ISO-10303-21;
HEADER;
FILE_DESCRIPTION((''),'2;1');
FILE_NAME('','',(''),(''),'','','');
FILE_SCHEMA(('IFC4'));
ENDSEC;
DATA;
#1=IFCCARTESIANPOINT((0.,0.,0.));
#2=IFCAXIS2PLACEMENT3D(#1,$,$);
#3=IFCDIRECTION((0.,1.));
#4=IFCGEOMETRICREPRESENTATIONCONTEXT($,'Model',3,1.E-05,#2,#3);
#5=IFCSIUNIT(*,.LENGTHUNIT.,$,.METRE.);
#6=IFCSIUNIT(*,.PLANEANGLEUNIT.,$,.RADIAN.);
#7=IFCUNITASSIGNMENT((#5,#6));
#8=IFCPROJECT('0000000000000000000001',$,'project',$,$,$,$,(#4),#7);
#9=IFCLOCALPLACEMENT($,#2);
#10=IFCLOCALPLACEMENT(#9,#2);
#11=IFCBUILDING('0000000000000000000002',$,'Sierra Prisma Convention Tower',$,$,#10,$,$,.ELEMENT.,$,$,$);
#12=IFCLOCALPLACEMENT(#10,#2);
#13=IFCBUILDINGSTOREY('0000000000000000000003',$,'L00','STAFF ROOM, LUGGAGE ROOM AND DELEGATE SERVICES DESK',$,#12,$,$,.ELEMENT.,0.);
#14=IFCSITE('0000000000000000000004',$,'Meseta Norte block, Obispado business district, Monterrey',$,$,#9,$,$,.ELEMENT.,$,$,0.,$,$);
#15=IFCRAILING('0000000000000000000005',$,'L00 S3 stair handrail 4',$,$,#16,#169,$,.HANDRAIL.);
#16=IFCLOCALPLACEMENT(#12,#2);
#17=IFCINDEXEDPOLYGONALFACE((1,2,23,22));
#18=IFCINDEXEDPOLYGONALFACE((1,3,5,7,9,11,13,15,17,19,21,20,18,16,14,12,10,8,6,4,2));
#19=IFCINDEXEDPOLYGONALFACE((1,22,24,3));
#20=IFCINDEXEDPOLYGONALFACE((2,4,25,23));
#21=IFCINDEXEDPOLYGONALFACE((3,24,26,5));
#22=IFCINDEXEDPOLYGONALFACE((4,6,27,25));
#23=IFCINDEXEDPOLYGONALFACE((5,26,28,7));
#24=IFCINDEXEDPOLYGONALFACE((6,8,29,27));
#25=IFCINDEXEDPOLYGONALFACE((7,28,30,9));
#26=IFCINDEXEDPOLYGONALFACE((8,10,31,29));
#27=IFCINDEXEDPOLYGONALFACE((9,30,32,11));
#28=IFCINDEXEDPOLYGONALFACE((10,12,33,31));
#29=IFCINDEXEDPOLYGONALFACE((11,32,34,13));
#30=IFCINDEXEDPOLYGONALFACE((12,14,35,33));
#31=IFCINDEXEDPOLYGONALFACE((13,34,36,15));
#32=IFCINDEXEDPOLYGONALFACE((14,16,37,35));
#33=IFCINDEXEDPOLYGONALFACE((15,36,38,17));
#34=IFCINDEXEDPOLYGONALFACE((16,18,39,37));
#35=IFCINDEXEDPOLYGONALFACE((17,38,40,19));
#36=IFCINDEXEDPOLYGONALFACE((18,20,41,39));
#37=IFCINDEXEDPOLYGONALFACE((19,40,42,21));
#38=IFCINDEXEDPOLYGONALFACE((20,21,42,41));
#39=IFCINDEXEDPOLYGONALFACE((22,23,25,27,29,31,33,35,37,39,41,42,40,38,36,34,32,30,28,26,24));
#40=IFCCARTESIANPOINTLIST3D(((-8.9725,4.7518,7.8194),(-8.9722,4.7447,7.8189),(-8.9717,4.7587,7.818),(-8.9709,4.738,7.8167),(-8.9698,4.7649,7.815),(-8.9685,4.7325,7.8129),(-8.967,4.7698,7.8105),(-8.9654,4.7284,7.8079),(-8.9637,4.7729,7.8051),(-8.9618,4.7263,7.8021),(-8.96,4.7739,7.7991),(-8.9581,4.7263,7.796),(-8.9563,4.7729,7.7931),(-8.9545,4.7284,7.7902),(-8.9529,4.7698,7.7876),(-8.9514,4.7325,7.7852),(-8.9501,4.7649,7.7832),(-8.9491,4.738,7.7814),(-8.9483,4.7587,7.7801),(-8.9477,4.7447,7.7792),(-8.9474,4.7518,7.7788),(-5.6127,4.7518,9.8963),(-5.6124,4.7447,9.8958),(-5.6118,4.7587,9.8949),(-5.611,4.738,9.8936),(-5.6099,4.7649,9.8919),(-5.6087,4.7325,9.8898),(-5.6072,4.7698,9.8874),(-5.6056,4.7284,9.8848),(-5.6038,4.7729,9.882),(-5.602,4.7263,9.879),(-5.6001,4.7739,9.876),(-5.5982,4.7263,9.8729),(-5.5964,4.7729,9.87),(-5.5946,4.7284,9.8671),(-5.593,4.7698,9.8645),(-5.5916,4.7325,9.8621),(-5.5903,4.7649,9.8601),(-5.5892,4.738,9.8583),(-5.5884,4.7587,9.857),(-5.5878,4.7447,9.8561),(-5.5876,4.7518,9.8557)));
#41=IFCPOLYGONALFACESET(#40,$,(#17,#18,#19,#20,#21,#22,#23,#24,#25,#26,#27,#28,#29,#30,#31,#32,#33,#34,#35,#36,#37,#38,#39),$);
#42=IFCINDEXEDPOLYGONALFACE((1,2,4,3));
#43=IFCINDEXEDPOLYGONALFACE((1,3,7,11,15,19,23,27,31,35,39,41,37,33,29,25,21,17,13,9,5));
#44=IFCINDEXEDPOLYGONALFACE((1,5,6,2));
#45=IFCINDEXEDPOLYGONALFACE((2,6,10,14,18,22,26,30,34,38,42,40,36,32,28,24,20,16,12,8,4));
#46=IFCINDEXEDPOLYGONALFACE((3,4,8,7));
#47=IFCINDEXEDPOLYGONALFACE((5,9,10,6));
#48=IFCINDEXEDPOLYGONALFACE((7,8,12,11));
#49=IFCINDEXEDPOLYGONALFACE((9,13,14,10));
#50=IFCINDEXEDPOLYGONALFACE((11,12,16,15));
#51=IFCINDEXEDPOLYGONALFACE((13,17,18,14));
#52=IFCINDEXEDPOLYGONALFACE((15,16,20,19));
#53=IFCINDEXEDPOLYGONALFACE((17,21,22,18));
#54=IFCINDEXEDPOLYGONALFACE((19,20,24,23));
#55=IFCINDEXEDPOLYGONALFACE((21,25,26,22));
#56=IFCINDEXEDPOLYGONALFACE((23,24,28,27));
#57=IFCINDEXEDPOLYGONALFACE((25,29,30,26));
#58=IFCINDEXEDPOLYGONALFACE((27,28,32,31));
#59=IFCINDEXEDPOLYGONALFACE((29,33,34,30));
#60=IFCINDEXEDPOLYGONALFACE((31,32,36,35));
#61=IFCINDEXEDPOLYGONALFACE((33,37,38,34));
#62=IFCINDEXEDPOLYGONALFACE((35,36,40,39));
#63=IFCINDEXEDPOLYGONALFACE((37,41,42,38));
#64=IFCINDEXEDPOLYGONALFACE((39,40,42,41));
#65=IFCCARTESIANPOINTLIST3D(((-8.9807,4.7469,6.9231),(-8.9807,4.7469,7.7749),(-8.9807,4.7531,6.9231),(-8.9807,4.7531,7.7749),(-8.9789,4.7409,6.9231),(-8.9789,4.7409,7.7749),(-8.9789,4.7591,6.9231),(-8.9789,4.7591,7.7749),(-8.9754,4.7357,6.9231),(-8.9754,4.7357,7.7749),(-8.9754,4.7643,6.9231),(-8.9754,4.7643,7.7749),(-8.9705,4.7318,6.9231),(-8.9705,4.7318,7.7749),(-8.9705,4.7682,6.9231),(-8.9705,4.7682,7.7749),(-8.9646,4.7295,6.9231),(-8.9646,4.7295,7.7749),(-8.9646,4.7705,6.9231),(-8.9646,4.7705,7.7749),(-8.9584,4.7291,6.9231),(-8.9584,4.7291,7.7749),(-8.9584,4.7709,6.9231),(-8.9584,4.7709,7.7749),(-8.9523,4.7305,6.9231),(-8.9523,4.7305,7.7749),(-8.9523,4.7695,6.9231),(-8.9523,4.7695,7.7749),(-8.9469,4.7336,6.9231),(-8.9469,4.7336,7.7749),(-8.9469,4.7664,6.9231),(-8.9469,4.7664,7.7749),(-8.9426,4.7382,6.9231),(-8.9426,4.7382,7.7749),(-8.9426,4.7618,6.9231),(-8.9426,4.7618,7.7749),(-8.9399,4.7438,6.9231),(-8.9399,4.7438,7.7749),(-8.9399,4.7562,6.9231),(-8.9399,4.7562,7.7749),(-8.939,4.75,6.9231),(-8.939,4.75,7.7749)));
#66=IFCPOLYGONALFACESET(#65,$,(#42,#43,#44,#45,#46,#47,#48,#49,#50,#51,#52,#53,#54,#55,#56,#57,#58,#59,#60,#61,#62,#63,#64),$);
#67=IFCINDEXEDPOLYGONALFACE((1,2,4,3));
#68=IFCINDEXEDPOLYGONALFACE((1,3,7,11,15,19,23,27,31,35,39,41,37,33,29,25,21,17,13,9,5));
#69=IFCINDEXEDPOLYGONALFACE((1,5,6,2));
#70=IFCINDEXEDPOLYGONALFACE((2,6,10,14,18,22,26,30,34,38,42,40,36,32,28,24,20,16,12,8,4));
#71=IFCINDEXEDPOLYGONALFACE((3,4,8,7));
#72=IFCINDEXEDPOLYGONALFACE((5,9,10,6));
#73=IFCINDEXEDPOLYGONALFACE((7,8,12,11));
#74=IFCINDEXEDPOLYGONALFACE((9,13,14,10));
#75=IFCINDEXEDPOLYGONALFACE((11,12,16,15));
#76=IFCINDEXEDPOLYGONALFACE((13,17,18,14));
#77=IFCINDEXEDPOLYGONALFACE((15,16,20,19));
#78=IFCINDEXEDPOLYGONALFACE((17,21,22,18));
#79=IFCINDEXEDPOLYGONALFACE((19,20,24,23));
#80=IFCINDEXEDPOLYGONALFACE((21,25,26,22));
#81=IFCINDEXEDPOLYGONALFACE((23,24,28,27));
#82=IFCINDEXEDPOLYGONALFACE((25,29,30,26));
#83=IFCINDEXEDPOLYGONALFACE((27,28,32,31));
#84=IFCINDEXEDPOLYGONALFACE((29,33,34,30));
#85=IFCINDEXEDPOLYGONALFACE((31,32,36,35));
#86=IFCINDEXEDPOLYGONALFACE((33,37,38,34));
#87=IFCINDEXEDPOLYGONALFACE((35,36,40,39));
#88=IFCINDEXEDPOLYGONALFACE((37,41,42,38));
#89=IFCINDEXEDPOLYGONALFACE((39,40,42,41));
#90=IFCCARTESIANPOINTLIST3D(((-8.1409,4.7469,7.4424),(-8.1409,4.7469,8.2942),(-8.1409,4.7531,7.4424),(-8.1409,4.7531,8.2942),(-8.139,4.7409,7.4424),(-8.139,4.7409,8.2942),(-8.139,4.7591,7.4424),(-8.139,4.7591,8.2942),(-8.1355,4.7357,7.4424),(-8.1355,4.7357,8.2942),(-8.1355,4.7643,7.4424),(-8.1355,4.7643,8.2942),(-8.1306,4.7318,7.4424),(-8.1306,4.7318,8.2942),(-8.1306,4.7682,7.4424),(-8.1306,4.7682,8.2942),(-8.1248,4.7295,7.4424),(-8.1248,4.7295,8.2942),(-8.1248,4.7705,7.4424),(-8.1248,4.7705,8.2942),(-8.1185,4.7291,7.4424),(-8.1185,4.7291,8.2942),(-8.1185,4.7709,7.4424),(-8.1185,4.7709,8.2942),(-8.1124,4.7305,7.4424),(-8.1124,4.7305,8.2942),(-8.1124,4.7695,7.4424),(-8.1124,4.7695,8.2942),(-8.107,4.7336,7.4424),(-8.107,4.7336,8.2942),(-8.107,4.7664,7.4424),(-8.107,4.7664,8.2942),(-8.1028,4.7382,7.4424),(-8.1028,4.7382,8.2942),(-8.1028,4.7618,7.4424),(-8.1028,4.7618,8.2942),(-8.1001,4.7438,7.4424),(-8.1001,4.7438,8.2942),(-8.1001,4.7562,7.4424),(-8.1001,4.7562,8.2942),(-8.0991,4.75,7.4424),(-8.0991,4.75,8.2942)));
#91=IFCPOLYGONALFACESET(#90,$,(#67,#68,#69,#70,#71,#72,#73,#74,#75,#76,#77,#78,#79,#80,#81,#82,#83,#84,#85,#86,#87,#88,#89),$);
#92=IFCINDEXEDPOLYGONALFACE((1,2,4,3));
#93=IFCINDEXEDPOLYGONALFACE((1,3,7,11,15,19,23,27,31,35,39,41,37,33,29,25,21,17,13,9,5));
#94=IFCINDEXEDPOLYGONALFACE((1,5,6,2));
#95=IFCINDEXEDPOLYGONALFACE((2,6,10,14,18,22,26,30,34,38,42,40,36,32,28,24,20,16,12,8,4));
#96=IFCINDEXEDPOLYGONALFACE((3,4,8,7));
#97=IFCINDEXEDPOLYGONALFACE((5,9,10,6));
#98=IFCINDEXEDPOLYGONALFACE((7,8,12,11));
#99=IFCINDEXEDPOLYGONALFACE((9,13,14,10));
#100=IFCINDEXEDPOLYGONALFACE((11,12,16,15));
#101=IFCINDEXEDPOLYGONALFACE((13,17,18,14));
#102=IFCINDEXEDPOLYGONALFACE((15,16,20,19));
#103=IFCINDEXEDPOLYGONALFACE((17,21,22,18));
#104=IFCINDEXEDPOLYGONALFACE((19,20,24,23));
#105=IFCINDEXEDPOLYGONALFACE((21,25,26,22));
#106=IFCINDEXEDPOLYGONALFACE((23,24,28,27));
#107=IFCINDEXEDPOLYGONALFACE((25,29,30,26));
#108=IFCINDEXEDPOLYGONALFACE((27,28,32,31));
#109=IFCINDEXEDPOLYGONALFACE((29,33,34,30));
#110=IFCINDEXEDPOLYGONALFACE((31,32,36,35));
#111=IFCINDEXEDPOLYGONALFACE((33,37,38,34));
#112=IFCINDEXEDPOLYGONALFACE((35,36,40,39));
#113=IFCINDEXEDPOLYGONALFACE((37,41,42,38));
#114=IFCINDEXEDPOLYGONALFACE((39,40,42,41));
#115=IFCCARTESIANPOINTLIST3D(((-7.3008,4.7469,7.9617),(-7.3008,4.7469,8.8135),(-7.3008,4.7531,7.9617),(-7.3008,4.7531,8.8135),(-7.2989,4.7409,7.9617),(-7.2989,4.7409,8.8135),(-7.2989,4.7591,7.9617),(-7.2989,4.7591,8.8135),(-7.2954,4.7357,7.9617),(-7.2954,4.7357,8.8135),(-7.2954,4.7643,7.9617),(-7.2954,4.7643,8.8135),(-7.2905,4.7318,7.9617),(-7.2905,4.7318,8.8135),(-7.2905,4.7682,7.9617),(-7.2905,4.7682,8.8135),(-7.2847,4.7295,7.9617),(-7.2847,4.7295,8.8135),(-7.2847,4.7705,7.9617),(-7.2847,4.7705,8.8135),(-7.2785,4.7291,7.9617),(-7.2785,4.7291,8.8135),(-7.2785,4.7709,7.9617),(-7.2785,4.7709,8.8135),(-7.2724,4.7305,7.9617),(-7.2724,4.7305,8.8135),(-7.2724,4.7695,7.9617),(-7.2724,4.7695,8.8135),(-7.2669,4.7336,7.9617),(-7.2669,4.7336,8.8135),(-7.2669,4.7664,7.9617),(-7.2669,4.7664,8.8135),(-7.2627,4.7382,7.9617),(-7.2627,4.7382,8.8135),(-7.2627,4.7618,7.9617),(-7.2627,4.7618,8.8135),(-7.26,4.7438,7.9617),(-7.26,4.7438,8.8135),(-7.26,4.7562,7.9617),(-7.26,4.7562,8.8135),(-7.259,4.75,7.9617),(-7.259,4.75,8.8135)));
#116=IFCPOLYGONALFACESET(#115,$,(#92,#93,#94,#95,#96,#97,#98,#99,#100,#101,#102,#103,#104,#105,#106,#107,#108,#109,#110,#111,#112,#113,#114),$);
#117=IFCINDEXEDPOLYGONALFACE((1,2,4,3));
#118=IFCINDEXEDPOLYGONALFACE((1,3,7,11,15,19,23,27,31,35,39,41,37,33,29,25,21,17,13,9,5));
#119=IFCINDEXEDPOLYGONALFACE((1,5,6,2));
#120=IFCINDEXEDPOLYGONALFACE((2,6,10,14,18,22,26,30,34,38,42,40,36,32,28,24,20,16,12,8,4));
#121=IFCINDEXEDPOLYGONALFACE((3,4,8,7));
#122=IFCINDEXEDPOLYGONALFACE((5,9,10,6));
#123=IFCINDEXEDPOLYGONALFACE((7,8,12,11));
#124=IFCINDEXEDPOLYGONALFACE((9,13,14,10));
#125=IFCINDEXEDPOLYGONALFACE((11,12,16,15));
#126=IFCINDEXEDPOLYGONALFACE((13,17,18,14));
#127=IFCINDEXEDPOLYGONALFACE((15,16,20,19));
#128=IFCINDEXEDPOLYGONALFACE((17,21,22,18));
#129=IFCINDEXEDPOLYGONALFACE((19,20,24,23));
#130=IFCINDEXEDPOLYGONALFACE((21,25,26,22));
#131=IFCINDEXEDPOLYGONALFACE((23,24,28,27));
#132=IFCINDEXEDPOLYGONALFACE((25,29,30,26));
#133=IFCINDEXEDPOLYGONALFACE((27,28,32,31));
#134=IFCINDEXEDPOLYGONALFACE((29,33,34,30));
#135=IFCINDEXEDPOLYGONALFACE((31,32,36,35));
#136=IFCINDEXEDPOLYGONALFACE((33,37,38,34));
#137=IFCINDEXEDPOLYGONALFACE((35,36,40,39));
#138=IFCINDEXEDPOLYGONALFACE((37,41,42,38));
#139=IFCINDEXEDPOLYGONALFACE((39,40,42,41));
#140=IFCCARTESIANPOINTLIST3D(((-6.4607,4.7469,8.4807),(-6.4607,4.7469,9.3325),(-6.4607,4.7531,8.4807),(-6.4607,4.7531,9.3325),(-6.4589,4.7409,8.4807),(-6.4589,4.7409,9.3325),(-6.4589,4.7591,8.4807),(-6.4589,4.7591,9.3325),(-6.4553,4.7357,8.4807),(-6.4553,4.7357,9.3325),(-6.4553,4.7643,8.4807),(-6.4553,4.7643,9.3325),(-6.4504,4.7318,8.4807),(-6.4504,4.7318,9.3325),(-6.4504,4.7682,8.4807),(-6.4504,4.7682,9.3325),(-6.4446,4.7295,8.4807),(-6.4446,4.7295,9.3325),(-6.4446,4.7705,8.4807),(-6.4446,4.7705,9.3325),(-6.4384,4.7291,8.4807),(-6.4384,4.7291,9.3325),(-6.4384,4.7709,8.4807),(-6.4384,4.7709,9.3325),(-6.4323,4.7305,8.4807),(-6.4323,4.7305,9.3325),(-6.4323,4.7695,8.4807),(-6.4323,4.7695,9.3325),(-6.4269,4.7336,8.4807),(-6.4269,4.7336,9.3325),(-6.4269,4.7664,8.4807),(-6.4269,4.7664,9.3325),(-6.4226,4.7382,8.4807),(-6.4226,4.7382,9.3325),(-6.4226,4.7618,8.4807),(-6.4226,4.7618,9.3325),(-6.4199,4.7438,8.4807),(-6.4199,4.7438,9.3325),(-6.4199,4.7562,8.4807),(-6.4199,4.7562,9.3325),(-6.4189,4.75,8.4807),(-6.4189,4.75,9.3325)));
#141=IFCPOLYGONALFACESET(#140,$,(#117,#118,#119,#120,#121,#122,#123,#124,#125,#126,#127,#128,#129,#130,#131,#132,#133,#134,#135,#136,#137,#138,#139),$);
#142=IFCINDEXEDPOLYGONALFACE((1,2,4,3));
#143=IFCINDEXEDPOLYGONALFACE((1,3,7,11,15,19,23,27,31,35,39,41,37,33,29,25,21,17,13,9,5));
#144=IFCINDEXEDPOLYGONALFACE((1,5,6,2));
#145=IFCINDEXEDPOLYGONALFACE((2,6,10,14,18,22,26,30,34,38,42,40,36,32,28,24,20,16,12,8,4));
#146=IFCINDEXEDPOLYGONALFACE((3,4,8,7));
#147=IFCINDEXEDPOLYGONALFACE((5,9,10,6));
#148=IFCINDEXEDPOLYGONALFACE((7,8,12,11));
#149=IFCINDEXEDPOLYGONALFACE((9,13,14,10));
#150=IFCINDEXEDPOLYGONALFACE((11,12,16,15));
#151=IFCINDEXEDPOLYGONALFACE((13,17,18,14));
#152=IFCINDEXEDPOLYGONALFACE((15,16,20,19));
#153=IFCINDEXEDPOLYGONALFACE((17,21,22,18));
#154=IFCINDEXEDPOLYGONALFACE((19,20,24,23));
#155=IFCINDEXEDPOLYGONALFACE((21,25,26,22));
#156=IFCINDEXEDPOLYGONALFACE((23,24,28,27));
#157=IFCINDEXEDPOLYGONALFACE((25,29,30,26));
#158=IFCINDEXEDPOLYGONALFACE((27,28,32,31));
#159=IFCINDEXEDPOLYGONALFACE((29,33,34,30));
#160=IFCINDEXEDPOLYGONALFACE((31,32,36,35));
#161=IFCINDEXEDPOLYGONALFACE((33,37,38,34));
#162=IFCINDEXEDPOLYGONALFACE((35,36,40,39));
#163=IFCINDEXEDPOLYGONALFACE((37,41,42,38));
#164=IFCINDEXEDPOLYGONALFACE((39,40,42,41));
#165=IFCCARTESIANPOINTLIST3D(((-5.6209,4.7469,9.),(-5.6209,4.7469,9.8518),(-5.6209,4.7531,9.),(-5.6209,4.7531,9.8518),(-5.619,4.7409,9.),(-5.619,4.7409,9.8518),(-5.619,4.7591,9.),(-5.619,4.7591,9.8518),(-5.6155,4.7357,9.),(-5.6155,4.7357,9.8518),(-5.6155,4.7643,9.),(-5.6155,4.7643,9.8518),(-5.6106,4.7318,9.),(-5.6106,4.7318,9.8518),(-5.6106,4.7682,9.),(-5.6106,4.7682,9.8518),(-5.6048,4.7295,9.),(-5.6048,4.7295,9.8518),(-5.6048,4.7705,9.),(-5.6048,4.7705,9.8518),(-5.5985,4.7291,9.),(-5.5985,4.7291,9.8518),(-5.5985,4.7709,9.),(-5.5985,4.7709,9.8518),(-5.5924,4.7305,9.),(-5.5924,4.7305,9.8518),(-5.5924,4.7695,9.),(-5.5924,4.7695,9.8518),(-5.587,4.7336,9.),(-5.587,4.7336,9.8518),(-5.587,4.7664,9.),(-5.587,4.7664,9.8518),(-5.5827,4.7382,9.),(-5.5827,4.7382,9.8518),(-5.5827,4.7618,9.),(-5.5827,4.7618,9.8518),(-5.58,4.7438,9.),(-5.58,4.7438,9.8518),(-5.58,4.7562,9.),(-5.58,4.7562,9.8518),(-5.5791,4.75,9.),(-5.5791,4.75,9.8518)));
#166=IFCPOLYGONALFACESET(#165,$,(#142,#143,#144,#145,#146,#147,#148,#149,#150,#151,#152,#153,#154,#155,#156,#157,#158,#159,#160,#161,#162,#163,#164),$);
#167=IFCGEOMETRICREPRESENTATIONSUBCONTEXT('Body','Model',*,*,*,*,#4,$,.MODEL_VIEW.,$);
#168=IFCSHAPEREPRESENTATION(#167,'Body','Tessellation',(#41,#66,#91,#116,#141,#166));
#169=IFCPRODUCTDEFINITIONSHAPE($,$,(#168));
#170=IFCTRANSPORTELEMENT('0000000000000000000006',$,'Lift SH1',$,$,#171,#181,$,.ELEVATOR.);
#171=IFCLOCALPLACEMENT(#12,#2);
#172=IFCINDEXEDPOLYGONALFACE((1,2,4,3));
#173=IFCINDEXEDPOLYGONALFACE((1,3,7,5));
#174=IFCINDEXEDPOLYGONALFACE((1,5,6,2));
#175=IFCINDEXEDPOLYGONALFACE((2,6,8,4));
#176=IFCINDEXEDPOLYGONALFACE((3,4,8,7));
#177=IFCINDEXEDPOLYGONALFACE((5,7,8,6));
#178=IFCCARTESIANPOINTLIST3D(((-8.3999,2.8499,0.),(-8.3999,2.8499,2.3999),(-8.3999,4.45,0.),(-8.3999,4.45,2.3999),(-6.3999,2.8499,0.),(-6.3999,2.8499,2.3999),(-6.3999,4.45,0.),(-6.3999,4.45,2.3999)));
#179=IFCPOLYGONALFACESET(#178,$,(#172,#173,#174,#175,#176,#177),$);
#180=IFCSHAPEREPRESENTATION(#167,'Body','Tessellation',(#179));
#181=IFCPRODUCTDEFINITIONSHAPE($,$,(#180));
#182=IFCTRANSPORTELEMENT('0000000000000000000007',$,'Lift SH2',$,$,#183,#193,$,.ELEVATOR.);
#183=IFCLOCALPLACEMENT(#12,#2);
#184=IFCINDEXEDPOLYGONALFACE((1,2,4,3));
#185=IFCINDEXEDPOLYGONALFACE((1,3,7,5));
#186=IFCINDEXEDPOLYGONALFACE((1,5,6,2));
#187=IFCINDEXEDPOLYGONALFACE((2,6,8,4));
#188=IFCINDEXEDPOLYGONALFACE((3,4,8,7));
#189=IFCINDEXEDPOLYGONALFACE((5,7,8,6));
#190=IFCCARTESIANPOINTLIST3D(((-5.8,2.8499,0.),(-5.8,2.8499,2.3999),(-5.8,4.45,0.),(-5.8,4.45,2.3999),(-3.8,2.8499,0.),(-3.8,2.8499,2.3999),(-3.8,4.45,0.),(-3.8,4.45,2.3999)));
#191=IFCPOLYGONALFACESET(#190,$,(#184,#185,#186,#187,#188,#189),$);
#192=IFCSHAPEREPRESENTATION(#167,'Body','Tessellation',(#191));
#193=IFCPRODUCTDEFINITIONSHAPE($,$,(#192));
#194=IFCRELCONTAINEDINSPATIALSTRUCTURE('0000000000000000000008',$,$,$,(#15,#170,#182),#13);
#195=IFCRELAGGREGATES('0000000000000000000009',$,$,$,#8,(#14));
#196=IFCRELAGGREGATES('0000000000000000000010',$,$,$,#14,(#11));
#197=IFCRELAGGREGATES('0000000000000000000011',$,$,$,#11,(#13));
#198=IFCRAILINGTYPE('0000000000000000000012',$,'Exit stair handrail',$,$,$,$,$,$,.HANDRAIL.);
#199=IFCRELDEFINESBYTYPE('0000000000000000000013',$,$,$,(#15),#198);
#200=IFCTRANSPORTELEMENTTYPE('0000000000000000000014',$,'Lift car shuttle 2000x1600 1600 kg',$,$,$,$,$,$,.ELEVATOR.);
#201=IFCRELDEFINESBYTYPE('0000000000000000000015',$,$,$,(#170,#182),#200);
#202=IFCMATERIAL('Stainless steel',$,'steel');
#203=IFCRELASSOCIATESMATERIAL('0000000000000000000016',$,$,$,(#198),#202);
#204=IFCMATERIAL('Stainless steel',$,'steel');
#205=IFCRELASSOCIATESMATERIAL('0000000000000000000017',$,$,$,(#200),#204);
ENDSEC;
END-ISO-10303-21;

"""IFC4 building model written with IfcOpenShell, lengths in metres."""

from ifc_helpers import new_model, si_unit, direction, frame, origin, origin_2d, place, context, subcontext, project, spatial, rectangle, circle, extrude, material, type_object, element, save


model = new_model("IFC4")

# Units and contexts
model_context = context("Model", 3, precision=1e-05, world=origin(), true_north=direction((0.0, 1.0)))
body_context = subcontext(model_context, "Body", "Model", "MODEL_VIEW")
ifc_project = project(units=[si_unit("LENGTHUNIT", "METRE"), si_unit("PLANEANGLEUNIT", "RADIAN")], contexts=[model_context])

# Site, building, storey
site_placement = place(None, origin())
site = spatial("IfcSite", under=ifc_project, at=site_placement, Name="Meseta Norte block, Obispado business district, Monterrey", CompositionType="ELEMENT", RefElevation=0.0)
building_placement = place(site_placement, origin())
building = spatial("IfcBuilding", under=site, at=building_placement, Name="Sierra Prisma Convention Tower", CompositionType="ELEMENT")
storey_placement = place(building_placement, origin())
storey = spatial("IfcBuildingStorey", under=building, at=storey_placement, Name="L00", Description="STAFF ROOM, LUGGAGE ROOM AND DELEGATE SERVICES DESK", CompositionType="ELEMENT", Elevation=0.0)

# Railing
ifc_material_1 = material(Name="Stainless steel", Category="steel")
railing_type = type_object("IfcRailingType", Name="Exit stair handrail", PredefinedType="HANDRAIL", material=ifc_material_1)
for number, where, name in (
    (1, (-8.96, 4.75, 6.9231), "L00 S3 stair handrail 4"),
):
    element("IfcRailing", number, at=place(storey_placement, frame(where)), inside=storey, type_object=railing_type, Name=name, PredefinedType="HANDRAIL", context=body_context, shape_type="SweptSolid", body=[
        extrude(circle(Radius=0.0239, at=origin_2d()), frame((0.0, 0.0, 0.876), z_axis=(0.850606, 0.0, 0.525803), x_axis=(0.0, 1.0, 0.0)), (0.0, 0.0, 1.0), 3.95),
        extrude(circle(Radius=0.021, at=origin_2d()), origin(), (0.0, 0.0, 1.0), 0.8518),
        extrude(circle(Radius=0.021, at=origin_2d()), frame((0.8398, 0.0, 0.5193)), (0.0, 0.0, 1.0), 0.8518),
        extrude(circle(Radius=0.021, at=origin_2d()), frame((1.6799, 0.0, 1.0386)), (0.0, 0.0, 1.0), 0.8518),
        extrude(circle(Radius=0.021, at=origin_2d()), frame((2.52, 0.0, 1.5576)), (0.0, 0.0, 1.0), 0.8518),
        extrude(circle(Radius=0.021, at=origin_2d()), frame((3.3599, 0.0, 2.0769)), (0.0, 0.0, 1.0), 0.8518),
    ])

# Transport elements
ifc_material_2 = material(Name="Stainless steel", Category="steel")
transport_element_type = type_object("IfcTransportElementType", Name="Lift car shuttle 2000x1600 1600 kg", PredefinedType="ELEVATOR", material=ifc_material_2)
for number, where, z_axis, x_axis, name in (
    (2, (-7.3999, 3.6499, 0.0), (0.0, 0.0, 1.0), (1.0, 0.0, 0.0), "Lift SH1"),
    (3, (-4.8, 3.6499, 0.0), (0.0, 0.0, 1.0), (1.0, 0.0, 0.0), "Lift SH2"),
):
    element("IfcTransportElement", number, at=place(storey_placement, frame(where, z_axis=z_axis, x_axis=x_axis)), inside=storey, type_object=transport_element_type, Name=name, PredefinedType="ELEVATOR", context=body_context, shape_type="SweptSolid", body=[
        extrude(rectangle(XDim=2.0, YDim=1.6001, at=origin_2d()), origin(), (0.0, 0.0, 1.0), 2.3999),
    ])

save(model, "model.ifc")
